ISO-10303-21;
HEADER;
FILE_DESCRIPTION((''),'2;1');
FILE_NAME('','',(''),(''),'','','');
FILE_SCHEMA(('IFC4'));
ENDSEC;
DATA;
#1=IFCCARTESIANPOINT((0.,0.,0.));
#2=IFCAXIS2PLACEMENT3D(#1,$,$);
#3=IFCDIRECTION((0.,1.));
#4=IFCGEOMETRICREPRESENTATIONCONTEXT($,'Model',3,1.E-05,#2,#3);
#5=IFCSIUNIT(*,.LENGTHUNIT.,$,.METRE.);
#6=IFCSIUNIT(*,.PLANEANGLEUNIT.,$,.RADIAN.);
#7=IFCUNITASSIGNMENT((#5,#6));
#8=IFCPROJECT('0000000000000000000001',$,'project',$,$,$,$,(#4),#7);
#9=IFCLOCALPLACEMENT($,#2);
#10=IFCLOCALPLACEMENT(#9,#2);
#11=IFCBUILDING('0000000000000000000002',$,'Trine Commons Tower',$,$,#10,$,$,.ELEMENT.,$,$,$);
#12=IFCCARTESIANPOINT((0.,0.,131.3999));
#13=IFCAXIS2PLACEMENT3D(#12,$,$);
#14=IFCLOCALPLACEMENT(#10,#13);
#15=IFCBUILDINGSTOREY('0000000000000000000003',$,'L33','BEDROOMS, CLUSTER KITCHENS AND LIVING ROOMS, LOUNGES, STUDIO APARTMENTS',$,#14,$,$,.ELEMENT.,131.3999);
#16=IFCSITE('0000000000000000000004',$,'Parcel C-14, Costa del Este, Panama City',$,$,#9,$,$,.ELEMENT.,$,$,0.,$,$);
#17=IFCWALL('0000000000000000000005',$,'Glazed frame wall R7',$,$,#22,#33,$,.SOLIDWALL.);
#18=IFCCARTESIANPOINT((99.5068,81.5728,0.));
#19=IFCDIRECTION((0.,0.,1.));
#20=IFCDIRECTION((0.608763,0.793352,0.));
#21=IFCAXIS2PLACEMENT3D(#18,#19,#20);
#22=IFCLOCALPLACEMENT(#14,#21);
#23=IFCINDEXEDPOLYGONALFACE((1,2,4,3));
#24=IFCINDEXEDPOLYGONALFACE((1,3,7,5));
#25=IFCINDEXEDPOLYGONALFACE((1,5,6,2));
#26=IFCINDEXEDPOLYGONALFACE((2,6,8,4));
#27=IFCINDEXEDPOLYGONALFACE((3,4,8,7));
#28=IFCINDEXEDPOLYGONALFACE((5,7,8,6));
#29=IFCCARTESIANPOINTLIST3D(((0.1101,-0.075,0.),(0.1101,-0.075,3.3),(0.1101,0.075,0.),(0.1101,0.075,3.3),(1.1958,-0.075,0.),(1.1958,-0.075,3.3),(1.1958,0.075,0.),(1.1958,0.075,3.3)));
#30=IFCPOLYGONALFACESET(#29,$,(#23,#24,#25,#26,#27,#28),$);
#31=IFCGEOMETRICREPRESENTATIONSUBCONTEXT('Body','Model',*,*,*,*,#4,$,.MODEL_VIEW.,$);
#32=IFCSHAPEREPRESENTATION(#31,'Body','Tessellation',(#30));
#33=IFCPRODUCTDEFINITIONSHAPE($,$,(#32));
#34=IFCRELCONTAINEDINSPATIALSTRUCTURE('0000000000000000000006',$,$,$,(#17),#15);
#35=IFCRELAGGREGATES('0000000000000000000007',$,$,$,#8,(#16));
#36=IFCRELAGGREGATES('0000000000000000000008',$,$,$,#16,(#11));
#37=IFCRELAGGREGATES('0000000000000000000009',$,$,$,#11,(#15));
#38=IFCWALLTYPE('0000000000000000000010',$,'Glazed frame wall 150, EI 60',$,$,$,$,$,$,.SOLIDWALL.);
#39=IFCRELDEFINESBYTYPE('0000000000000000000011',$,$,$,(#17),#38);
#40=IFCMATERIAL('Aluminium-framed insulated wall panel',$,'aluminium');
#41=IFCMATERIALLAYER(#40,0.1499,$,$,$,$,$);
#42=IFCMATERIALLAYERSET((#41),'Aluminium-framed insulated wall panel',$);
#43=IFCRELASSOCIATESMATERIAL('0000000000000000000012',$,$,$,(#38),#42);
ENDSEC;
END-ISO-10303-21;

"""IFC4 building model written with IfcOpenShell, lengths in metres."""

from ifc_helpers import new_model, si_unit, direction, frame, origin, place, context, subcontext, project, spatial, polyline, outline, extrude, material, layer, layer_set, type_object, element, save


model = new_model("IFC4")

# Units and contexts
model_context = context("Model", 3, precision=1e-05, world=origin(), true_north=direction((0.0, 1.0)))
body_context = subcontext(model_context, "Body", "Model", "MODEL_VIEW")
ifc_project = project(units=[si_unit("LENGTHUNIT", "METRE"), si_unit("PLANEANGLEUNIT", "RADIAN")], contexts=[model_context])

# Site, building, storey
site_placement = place(None, origin())
site = spatial("IfcSite", under=ifc_project, at=site_placement, Name="Parcel C-14, Costa del Este, Panama City", CompositionType="ELEMENT", RefElevation=0.0)
building_placement = place(site_placement, origin())
building = spatial("IfcBuilding", under=site, at=building_placement, Name="Trine Commons Tower", CompositionType="ELEMENT")
storey_placement = place(building_placement, frame((0.0, 0.0, 131.3999)))
storey = spatial("IfcBuildingStorey", under=building, at=storey_placement, Name="L33", Description="BEDROOMS, CLUSTER KITCHENS AND LIVING ROOMS, LOUNGES, STUDIO APARTMENTS", CompositionType="ELEMENT", Elevation=131.3999)

# Wall
ifc_material_1 = material(Name="Aluminium-framed insulated wall panel", Category="aluminium")
ifc_layer_1 = layer(ifc_material_1, 0.1499)
ifc_layer_set_1 = layer_set([ifc_layer_1], Name="Aluminium-framed insulated wall panel")
wall_type_1 = type_object("IfcWallType", Name="Glazed frame wall 150, EI 60", PredefinedType="SOLIDWALL", material=ifc_layer_set_1)
wall_1_placement = place(storey_placement, frame((99.5068, 81.5728, 0.0), z_axis=(0.0, 0.0, 1.0), x_axis=(0.608763, 0.793352, 0.0)))
element("IfcWall", 1, at=wall_1_placement, inside=storey, type_object=wall_type_1, Name="Glazed frame wall R7", PredefinedType="SOLIDWALL", context=body_context, shape_type="SweptSolid", body=[
    extrude(outline(polyline([(0.1101, 0.075), (0.1101, -0.075), (1.1958, -0.075), (1.1958, 0.075), (0.1101, 0.075)])), origin(), (0.0, 0.0, 1.0), 3.3),
])

save(model, "model.ifc")
